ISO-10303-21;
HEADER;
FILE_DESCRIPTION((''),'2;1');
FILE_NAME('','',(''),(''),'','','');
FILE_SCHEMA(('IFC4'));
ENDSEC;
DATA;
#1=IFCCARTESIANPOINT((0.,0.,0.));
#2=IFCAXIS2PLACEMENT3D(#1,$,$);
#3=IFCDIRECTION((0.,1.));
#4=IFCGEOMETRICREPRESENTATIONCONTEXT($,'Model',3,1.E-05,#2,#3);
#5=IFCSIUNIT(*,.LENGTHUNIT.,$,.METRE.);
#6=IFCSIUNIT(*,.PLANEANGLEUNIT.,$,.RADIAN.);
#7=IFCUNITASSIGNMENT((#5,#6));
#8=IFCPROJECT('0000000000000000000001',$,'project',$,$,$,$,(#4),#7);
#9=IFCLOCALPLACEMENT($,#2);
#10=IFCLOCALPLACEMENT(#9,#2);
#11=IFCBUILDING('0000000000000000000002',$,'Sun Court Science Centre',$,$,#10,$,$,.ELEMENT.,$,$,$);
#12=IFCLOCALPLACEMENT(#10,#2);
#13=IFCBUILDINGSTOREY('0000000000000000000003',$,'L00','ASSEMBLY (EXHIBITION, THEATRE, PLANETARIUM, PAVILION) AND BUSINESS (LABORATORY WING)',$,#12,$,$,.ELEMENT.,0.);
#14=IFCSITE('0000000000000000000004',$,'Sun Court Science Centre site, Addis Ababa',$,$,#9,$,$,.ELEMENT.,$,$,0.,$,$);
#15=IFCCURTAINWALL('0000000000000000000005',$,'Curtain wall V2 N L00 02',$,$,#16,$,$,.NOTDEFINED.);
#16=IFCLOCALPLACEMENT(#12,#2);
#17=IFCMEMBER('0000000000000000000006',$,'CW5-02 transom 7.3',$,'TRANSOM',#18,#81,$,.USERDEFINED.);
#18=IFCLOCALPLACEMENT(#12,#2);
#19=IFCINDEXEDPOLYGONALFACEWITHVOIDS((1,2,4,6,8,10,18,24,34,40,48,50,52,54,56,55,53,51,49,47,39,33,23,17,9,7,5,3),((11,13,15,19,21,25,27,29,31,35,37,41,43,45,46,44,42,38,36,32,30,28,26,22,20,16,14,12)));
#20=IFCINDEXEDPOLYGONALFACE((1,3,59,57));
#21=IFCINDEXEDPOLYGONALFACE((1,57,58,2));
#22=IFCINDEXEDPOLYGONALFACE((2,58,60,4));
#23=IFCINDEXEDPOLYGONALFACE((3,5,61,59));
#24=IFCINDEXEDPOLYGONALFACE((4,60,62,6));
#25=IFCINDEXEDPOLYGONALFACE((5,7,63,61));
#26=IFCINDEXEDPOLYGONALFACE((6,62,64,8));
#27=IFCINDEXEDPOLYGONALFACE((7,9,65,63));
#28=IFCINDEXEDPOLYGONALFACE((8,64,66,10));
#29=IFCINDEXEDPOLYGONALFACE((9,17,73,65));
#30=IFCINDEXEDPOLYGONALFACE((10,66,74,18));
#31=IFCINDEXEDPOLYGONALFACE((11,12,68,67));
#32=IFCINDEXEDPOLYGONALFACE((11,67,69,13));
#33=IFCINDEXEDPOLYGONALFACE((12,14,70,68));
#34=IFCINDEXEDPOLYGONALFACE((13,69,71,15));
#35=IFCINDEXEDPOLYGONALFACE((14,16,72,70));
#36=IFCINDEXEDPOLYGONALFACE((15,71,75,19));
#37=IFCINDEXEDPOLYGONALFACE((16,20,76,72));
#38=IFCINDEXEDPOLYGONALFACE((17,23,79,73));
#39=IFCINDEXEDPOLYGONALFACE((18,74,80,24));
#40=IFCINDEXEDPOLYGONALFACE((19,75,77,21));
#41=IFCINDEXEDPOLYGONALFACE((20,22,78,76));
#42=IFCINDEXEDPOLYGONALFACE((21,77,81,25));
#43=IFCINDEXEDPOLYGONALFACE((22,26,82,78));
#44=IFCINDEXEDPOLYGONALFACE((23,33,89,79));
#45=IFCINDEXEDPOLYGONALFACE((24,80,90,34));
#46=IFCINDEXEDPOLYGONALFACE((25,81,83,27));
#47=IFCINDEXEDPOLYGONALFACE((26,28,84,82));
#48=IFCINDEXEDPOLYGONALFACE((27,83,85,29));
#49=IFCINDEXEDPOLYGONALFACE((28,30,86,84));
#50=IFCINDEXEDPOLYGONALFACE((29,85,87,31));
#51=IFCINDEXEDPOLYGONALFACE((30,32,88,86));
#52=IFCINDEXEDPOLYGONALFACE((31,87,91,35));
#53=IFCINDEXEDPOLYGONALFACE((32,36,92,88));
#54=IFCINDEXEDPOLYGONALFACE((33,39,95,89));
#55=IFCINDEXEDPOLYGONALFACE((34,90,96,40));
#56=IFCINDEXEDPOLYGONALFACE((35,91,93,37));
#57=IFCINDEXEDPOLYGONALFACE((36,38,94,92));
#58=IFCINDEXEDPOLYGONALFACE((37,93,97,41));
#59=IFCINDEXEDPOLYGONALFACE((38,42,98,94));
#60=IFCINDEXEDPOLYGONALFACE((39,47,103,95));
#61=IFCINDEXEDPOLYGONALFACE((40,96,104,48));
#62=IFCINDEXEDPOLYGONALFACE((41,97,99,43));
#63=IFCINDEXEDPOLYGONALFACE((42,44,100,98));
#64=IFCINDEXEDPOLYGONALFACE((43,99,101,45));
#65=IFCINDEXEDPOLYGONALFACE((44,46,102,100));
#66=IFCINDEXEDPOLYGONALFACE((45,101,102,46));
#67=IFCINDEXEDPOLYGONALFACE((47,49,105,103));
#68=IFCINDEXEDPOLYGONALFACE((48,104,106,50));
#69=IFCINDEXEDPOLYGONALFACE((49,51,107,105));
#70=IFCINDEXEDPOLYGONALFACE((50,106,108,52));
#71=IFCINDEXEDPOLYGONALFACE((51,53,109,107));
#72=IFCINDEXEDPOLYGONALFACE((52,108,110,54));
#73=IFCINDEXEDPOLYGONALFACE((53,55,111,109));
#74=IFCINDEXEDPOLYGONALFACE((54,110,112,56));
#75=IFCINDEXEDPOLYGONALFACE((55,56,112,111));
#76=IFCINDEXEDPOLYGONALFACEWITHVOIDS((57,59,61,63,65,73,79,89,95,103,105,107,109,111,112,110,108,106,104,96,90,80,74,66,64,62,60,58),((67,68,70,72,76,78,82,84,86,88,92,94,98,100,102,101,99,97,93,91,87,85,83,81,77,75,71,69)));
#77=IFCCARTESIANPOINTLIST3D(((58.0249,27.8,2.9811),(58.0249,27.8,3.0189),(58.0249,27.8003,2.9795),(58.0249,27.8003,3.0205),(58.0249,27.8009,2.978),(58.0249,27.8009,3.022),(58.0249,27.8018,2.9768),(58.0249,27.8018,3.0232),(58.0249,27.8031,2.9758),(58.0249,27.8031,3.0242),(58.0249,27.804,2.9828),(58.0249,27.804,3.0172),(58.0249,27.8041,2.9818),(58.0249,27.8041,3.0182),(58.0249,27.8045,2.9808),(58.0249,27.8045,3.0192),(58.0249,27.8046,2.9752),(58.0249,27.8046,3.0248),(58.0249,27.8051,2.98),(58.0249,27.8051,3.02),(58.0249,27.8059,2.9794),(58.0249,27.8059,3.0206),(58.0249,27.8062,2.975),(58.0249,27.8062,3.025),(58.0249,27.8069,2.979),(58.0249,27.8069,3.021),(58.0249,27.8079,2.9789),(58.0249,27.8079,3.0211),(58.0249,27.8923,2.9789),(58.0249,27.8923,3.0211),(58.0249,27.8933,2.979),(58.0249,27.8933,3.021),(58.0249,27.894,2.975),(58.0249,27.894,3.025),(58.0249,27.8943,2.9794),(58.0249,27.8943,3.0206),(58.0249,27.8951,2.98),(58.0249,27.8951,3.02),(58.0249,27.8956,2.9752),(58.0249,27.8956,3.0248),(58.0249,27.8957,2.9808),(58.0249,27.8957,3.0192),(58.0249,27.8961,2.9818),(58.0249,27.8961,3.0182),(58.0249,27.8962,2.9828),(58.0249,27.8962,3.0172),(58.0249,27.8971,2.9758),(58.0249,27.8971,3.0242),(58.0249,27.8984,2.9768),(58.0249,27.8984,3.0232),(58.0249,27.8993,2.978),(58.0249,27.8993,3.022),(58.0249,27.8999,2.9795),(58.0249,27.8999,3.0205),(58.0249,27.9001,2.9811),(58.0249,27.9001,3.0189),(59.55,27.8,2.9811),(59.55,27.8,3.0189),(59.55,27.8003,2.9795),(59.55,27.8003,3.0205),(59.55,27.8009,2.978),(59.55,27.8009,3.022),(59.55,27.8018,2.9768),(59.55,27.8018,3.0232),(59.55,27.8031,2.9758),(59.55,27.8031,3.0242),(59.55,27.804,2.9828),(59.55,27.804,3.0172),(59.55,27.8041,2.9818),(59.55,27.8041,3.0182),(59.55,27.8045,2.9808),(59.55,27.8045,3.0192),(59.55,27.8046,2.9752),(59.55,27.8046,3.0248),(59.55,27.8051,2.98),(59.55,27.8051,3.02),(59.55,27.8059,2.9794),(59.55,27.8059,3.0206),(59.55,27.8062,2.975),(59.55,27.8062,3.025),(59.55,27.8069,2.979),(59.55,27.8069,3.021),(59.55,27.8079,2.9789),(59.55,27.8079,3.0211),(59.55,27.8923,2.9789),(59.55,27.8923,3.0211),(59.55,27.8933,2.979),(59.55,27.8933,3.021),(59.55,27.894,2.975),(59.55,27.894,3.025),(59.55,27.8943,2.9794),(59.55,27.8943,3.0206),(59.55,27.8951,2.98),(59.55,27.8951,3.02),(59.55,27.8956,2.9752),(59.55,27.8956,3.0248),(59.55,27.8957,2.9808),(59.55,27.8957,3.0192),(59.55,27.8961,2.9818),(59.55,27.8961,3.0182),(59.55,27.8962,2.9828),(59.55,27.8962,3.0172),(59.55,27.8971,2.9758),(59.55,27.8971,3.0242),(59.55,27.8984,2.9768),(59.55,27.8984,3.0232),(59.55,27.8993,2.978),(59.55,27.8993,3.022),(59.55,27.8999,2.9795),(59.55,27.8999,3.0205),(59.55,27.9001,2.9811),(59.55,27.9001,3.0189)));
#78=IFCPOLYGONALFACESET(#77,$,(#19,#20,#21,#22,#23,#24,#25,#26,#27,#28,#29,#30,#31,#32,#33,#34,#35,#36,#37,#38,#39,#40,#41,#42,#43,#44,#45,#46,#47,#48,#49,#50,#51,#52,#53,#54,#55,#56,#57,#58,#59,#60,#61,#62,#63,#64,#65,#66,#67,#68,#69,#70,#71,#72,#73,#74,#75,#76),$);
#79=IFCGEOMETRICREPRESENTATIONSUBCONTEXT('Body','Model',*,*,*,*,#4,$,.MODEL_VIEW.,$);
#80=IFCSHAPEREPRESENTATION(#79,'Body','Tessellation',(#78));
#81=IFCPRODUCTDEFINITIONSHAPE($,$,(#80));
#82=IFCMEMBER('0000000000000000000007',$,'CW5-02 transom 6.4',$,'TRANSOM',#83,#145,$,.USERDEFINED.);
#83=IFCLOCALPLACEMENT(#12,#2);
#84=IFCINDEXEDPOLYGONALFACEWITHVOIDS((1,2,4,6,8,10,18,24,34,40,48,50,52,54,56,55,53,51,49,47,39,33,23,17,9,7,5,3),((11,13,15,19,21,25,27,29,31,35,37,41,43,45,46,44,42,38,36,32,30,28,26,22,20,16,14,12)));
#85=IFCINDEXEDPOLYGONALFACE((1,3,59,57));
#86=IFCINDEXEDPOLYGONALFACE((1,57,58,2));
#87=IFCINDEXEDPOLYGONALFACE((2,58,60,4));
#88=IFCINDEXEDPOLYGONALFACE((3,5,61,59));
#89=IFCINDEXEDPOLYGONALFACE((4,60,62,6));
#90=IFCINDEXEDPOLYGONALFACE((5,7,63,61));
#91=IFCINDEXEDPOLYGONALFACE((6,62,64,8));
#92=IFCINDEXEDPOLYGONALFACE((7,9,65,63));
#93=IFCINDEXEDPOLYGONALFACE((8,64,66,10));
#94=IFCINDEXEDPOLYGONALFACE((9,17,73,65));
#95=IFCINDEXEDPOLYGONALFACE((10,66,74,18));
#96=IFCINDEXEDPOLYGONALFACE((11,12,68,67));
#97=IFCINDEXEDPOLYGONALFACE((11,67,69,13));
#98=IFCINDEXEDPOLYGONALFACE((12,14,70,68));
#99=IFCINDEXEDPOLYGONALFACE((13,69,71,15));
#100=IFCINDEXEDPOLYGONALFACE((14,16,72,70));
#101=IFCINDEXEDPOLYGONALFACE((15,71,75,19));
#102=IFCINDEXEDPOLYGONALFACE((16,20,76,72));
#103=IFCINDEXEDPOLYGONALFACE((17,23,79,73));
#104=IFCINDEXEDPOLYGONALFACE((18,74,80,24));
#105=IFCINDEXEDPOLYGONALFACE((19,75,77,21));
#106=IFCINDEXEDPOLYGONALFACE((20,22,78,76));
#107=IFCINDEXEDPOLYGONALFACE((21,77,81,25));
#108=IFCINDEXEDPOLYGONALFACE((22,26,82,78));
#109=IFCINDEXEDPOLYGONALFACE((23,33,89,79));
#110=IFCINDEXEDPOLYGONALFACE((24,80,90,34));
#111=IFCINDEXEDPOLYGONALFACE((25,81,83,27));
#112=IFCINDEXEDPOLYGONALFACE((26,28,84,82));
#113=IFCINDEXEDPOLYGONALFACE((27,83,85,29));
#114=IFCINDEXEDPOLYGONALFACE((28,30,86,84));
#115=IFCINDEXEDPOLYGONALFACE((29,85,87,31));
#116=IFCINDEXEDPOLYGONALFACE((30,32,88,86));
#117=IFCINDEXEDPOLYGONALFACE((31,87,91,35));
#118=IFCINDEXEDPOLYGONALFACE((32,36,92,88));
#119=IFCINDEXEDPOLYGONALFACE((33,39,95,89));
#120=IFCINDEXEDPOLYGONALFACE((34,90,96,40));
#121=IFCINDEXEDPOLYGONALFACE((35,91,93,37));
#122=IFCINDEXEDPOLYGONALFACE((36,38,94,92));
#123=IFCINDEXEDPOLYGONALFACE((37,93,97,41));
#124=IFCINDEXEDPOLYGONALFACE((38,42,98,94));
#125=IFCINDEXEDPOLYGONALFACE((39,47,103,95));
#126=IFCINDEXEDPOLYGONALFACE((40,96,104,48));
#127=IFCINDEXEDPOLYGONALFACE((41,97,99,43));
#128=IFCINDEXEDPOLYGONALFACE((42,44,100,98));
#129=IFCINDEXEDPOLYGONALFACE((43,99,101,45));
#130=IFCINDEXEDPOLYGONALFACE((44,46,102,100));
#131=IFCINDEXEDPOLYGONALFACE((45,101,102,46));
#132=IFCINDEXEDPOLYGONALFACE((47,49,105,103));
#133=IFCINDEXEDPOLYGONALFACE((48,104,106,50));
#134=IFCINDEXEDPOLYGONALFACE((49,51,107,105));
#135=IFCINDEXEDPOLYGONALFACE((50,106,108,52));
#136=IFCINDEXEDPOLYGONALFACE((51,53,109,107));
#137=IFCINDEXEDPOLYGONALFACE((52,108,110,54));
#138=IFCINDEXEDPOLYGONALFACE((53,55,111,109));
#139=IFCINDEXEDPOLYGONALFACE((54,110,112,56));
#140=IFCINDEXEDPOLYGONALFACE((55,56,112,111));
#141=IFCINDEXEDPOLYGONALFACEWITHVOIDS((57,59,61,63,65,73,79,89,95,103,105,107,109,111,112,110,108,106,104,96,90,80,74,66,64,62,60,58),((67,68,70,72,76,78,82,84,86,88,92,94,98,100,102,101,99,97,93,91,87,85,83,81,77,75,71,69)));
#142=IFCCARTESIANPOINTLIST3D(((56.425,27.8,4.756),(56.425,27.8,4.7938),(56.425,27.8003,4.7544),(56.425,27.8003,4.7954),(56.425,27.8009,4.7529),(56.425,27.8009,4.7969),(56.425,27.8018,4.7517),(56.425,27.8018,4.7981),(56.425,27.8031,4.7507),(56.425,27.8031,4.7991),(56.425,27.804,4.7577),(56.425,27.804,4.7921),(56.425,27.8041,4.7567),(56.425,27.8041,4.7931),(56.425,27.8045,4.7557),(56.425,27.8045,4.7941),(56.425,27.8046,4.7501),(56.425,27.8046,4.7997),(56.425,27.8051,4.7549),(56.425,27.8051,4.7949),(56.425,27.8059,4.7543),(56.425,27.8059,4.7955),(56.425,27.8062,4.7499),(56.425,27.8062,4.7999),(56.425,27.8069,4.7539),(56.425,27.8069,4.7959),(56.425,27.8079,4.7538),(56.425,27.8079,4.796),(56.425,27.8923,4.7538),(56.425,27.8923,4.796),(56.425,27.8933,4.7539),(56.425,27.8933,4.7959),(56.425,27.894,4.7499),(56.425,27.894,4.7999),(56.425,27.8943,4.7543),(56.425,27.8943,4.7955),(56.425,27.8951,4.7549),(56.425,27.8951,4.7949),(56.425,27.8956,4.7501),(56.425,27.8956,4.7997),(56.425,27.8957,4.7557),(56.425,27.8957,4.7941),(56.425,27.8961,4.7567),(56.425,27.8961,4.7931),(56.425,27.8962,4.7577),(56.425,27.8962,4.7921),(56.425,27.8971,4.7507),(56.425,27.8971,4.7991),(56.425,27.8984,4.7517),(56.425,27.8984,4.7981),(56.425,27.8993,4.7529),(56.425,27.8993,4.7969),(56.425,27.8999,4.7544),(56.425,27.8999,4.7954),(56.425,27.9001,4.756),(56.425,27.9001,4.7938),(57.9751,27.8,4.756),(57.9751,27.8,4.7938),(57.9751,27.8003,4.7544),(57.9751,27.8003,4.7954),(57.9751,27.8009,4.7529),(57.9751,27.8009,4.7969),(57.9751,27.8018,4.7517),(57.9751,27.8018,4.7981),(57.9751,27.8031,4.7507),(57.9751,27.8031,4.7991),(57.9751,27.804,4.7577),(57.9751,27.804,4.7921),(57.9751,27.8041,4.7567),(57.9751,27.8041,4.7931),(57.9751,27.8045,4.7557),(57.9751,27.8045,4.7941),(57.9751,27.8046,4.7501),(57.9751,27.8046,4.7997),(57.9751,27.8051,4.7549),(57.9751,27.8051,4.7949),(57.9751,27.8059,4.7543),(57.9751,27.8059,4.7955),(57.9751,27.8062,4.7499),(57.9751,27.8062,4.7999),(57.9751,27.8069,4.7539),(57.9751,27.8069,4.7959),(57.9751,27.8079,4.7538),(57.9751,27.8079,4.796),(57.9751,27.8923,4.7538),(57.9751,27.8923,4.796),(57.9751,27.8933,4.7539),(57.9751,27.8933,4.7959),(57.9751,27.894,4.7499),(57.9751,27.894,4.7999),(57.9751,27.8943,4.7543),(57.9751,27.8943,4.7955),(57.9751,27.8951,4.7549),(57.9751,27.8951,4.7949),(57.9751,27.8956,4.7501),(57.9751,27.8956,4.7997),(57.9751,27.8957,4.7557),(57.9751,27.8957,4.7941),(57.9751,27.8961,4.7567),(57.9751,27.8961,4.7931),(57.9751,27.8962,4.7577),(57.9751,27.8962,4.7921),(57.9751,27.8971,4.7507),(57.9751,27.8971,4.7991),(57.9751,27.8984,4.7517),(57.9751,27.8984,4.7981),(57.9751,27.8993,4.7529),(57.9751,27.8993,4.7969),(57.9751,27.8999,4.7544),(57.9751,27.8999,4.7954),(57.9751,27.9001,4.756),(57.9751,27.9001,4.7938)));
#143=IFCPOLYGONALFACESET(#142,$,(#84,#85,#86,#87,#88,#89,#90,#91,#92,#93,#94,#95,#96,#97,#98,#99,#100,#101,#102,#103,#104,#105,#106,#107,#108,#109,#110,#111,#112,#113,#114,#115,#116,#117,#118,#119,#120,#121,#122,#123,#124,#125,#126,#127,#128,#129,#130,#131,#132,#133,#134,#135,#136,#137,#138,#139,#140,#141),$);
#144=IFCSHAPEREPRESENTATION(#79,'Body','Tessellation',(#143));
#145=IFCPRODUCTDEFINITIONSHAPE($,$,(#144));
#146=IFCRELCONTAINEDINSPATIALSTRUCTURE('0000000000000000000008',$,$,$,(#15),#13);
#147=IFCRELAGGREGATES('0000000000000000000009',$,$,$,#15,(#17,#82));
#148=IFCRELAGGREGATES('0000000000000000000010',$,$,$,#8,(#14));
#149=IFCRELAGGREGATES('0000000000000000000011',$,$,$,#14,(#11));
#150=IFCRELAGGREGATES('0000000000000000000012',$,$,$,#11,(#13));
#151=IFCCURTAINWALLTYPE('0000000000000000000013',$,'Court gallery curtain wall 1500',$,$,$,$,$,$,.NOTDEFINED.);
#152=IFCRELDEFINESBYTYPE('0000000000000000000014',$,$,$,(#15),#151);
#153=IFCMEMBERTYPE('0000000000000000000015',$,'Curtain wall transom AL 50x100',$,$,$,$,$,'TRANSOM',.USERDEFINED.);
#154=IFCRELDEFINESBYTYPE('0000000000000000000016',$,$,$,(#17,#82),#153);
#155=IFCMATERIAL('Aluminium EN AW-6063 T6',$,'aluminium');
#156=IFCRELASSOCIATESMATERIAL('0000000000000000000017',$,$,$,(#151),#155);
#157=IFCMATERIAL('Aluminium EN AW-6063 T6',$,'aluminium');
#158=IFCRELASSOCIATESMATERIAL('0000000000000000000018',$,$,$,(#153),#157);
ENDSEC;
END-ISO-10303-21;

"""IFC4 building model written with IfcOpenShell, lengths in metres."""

from ifc_helpers import new_model, si_unit, direction, frame, origin, origin_2d, place, context, subcontext, project, spatial, hollow_rectangle, extrude, material, material_profile, profile_set, type_object, element, aggregate, save


model = new_model("IFC4")

# Units and contexts
model_context = context("Model", 3, precision=1e-05, world=origin(), true_north=direction((0.0, 1.0)))
body_context = subcontext(model_context, "Body", "Model", "MODEL_VIEW")
ifc_project = project(units=[si_unit("LENGTHUNIT", "METRE"), si_unit("PLANEANGLEUNIT", "RADIAN")], contexts=[model_context])

# Site, building, storey
site_placement = place(None, origin())
site = spatial("IfcSite", under=ifc_project, at=site_placement, Name="Sun Court Science Centre site, Addis Ababa", CompositionType="ELEMENT", RefElevation=0.0)
building_placement = place(site_placement, origin())
building = spatial("IfcBuilding", under=site, at=building_placement, Name="Sun Court Science Centre", CompositionType="ELEMENT")
storey_placement = place(building_placement, origin())
storey = spatial("IfcBuildingStorey", under=building, at=storey_placement, Name="L00", Description="ASSEMBLY (EXHIBITION, THEATRE, PLANETARIUM, PAVILION) AND BUSINESS (LABORATORY WING)", CompositionType="ELEMENT", Elevation=0.0)

# Curtain wall, members
ifc_material_1 = material(Name="Aluminium EN AW-6063 T6", Category="aluminium")
curtain_wall_type = type_object("IfcCurtainWallType", Name="Court gallery curtain wall 1500", PredefinedType="NOTDEFINED", material=ifc_material_1)
curtain_wall_placement = place(storey_placement, origin())
curtain_wall = element("IfcCurtainWall", 1, at=curtain_wall_placement, inside=storey, type_object=curtain_wall_type, Name="Curtain wall V2 N L00 02", PredefinedType="NOTDEFINED")
ifc_material_2 = material(Name="Aluminium EN AW-6063 T6", Category="aluminium")
ifc_material_profile_1 = material_profile(ifc_material_2, hollow_rectangle(XDim=0.05, YDim=0.1001, WallThickness=0.0039, InnerFilletRadius=0.0039, OuterFilletRadius=0.0061, at=origin_2d()), Name="AL 50x100x4")
ifc_profile_set_1 = profile_set([ifc_material_profile_1], Name="Aluminium EN AW-6063 T6")
member_type_1 = type_object("IfcMemberType", Name="Curtain wall transom AL 50x100", ElementType="TRANSOM", PredefinedType="USERDEFINED", material=ifc_profile_set_1)
member_1_placement = place(storey_placement, frame((58.0249, 27.8501, 3.0), z_axis=(1.0, 0.0, 0.0), x_axis=(0.0, 0.0, 1.0)))
member_1 = element("IfcMember", 2, at=member_1_placement, type_object=member_type_1, Name="CW5-02 transom 7.3", ObjectType="TRANSOM", PredefinedType="USERDEFINED", context=body_context, shape_type="SweptSolid", body=[
    extrude(hollow_rectangle(XDim=0.05, YDim=0.1001, WallThickness=0.0039, InnerFilletRadius=0.0039, OuterFilletRadius=0.0061, at=origin_2d()), origin(), (0.0, 0.0, 1.0), 1.5251),
])
member_2_placement = place(storey_placement, frame((56.425, 27.8501, 4.7749), z_axis=(1.0, 0.0, 0.0), x_axis=(0.0, 0.0, 1.0)))
member_2 = element("IfcMember", 3, at=member_2_placement, type_object=member_type_1, Name="CW5-02 transom 6.4", ObjectType="TRANSOM", PredefinedType="USERDEFINED", context=body_context, shape_type="SweptSolid", body=[
    extrude(hollow_rectangle(XDim=0.05, YDim=0.1001, WallThickness=0.0039, InnerFilletRadius=0.0039, OuterFilletRadius=0.0061, at=origin_2d()), origin(), (0.0, 0.0, 1.0), 1.55),
])
aggregate(curtain_wall, [member_1, member_2])

save(model, "model.ifc")
